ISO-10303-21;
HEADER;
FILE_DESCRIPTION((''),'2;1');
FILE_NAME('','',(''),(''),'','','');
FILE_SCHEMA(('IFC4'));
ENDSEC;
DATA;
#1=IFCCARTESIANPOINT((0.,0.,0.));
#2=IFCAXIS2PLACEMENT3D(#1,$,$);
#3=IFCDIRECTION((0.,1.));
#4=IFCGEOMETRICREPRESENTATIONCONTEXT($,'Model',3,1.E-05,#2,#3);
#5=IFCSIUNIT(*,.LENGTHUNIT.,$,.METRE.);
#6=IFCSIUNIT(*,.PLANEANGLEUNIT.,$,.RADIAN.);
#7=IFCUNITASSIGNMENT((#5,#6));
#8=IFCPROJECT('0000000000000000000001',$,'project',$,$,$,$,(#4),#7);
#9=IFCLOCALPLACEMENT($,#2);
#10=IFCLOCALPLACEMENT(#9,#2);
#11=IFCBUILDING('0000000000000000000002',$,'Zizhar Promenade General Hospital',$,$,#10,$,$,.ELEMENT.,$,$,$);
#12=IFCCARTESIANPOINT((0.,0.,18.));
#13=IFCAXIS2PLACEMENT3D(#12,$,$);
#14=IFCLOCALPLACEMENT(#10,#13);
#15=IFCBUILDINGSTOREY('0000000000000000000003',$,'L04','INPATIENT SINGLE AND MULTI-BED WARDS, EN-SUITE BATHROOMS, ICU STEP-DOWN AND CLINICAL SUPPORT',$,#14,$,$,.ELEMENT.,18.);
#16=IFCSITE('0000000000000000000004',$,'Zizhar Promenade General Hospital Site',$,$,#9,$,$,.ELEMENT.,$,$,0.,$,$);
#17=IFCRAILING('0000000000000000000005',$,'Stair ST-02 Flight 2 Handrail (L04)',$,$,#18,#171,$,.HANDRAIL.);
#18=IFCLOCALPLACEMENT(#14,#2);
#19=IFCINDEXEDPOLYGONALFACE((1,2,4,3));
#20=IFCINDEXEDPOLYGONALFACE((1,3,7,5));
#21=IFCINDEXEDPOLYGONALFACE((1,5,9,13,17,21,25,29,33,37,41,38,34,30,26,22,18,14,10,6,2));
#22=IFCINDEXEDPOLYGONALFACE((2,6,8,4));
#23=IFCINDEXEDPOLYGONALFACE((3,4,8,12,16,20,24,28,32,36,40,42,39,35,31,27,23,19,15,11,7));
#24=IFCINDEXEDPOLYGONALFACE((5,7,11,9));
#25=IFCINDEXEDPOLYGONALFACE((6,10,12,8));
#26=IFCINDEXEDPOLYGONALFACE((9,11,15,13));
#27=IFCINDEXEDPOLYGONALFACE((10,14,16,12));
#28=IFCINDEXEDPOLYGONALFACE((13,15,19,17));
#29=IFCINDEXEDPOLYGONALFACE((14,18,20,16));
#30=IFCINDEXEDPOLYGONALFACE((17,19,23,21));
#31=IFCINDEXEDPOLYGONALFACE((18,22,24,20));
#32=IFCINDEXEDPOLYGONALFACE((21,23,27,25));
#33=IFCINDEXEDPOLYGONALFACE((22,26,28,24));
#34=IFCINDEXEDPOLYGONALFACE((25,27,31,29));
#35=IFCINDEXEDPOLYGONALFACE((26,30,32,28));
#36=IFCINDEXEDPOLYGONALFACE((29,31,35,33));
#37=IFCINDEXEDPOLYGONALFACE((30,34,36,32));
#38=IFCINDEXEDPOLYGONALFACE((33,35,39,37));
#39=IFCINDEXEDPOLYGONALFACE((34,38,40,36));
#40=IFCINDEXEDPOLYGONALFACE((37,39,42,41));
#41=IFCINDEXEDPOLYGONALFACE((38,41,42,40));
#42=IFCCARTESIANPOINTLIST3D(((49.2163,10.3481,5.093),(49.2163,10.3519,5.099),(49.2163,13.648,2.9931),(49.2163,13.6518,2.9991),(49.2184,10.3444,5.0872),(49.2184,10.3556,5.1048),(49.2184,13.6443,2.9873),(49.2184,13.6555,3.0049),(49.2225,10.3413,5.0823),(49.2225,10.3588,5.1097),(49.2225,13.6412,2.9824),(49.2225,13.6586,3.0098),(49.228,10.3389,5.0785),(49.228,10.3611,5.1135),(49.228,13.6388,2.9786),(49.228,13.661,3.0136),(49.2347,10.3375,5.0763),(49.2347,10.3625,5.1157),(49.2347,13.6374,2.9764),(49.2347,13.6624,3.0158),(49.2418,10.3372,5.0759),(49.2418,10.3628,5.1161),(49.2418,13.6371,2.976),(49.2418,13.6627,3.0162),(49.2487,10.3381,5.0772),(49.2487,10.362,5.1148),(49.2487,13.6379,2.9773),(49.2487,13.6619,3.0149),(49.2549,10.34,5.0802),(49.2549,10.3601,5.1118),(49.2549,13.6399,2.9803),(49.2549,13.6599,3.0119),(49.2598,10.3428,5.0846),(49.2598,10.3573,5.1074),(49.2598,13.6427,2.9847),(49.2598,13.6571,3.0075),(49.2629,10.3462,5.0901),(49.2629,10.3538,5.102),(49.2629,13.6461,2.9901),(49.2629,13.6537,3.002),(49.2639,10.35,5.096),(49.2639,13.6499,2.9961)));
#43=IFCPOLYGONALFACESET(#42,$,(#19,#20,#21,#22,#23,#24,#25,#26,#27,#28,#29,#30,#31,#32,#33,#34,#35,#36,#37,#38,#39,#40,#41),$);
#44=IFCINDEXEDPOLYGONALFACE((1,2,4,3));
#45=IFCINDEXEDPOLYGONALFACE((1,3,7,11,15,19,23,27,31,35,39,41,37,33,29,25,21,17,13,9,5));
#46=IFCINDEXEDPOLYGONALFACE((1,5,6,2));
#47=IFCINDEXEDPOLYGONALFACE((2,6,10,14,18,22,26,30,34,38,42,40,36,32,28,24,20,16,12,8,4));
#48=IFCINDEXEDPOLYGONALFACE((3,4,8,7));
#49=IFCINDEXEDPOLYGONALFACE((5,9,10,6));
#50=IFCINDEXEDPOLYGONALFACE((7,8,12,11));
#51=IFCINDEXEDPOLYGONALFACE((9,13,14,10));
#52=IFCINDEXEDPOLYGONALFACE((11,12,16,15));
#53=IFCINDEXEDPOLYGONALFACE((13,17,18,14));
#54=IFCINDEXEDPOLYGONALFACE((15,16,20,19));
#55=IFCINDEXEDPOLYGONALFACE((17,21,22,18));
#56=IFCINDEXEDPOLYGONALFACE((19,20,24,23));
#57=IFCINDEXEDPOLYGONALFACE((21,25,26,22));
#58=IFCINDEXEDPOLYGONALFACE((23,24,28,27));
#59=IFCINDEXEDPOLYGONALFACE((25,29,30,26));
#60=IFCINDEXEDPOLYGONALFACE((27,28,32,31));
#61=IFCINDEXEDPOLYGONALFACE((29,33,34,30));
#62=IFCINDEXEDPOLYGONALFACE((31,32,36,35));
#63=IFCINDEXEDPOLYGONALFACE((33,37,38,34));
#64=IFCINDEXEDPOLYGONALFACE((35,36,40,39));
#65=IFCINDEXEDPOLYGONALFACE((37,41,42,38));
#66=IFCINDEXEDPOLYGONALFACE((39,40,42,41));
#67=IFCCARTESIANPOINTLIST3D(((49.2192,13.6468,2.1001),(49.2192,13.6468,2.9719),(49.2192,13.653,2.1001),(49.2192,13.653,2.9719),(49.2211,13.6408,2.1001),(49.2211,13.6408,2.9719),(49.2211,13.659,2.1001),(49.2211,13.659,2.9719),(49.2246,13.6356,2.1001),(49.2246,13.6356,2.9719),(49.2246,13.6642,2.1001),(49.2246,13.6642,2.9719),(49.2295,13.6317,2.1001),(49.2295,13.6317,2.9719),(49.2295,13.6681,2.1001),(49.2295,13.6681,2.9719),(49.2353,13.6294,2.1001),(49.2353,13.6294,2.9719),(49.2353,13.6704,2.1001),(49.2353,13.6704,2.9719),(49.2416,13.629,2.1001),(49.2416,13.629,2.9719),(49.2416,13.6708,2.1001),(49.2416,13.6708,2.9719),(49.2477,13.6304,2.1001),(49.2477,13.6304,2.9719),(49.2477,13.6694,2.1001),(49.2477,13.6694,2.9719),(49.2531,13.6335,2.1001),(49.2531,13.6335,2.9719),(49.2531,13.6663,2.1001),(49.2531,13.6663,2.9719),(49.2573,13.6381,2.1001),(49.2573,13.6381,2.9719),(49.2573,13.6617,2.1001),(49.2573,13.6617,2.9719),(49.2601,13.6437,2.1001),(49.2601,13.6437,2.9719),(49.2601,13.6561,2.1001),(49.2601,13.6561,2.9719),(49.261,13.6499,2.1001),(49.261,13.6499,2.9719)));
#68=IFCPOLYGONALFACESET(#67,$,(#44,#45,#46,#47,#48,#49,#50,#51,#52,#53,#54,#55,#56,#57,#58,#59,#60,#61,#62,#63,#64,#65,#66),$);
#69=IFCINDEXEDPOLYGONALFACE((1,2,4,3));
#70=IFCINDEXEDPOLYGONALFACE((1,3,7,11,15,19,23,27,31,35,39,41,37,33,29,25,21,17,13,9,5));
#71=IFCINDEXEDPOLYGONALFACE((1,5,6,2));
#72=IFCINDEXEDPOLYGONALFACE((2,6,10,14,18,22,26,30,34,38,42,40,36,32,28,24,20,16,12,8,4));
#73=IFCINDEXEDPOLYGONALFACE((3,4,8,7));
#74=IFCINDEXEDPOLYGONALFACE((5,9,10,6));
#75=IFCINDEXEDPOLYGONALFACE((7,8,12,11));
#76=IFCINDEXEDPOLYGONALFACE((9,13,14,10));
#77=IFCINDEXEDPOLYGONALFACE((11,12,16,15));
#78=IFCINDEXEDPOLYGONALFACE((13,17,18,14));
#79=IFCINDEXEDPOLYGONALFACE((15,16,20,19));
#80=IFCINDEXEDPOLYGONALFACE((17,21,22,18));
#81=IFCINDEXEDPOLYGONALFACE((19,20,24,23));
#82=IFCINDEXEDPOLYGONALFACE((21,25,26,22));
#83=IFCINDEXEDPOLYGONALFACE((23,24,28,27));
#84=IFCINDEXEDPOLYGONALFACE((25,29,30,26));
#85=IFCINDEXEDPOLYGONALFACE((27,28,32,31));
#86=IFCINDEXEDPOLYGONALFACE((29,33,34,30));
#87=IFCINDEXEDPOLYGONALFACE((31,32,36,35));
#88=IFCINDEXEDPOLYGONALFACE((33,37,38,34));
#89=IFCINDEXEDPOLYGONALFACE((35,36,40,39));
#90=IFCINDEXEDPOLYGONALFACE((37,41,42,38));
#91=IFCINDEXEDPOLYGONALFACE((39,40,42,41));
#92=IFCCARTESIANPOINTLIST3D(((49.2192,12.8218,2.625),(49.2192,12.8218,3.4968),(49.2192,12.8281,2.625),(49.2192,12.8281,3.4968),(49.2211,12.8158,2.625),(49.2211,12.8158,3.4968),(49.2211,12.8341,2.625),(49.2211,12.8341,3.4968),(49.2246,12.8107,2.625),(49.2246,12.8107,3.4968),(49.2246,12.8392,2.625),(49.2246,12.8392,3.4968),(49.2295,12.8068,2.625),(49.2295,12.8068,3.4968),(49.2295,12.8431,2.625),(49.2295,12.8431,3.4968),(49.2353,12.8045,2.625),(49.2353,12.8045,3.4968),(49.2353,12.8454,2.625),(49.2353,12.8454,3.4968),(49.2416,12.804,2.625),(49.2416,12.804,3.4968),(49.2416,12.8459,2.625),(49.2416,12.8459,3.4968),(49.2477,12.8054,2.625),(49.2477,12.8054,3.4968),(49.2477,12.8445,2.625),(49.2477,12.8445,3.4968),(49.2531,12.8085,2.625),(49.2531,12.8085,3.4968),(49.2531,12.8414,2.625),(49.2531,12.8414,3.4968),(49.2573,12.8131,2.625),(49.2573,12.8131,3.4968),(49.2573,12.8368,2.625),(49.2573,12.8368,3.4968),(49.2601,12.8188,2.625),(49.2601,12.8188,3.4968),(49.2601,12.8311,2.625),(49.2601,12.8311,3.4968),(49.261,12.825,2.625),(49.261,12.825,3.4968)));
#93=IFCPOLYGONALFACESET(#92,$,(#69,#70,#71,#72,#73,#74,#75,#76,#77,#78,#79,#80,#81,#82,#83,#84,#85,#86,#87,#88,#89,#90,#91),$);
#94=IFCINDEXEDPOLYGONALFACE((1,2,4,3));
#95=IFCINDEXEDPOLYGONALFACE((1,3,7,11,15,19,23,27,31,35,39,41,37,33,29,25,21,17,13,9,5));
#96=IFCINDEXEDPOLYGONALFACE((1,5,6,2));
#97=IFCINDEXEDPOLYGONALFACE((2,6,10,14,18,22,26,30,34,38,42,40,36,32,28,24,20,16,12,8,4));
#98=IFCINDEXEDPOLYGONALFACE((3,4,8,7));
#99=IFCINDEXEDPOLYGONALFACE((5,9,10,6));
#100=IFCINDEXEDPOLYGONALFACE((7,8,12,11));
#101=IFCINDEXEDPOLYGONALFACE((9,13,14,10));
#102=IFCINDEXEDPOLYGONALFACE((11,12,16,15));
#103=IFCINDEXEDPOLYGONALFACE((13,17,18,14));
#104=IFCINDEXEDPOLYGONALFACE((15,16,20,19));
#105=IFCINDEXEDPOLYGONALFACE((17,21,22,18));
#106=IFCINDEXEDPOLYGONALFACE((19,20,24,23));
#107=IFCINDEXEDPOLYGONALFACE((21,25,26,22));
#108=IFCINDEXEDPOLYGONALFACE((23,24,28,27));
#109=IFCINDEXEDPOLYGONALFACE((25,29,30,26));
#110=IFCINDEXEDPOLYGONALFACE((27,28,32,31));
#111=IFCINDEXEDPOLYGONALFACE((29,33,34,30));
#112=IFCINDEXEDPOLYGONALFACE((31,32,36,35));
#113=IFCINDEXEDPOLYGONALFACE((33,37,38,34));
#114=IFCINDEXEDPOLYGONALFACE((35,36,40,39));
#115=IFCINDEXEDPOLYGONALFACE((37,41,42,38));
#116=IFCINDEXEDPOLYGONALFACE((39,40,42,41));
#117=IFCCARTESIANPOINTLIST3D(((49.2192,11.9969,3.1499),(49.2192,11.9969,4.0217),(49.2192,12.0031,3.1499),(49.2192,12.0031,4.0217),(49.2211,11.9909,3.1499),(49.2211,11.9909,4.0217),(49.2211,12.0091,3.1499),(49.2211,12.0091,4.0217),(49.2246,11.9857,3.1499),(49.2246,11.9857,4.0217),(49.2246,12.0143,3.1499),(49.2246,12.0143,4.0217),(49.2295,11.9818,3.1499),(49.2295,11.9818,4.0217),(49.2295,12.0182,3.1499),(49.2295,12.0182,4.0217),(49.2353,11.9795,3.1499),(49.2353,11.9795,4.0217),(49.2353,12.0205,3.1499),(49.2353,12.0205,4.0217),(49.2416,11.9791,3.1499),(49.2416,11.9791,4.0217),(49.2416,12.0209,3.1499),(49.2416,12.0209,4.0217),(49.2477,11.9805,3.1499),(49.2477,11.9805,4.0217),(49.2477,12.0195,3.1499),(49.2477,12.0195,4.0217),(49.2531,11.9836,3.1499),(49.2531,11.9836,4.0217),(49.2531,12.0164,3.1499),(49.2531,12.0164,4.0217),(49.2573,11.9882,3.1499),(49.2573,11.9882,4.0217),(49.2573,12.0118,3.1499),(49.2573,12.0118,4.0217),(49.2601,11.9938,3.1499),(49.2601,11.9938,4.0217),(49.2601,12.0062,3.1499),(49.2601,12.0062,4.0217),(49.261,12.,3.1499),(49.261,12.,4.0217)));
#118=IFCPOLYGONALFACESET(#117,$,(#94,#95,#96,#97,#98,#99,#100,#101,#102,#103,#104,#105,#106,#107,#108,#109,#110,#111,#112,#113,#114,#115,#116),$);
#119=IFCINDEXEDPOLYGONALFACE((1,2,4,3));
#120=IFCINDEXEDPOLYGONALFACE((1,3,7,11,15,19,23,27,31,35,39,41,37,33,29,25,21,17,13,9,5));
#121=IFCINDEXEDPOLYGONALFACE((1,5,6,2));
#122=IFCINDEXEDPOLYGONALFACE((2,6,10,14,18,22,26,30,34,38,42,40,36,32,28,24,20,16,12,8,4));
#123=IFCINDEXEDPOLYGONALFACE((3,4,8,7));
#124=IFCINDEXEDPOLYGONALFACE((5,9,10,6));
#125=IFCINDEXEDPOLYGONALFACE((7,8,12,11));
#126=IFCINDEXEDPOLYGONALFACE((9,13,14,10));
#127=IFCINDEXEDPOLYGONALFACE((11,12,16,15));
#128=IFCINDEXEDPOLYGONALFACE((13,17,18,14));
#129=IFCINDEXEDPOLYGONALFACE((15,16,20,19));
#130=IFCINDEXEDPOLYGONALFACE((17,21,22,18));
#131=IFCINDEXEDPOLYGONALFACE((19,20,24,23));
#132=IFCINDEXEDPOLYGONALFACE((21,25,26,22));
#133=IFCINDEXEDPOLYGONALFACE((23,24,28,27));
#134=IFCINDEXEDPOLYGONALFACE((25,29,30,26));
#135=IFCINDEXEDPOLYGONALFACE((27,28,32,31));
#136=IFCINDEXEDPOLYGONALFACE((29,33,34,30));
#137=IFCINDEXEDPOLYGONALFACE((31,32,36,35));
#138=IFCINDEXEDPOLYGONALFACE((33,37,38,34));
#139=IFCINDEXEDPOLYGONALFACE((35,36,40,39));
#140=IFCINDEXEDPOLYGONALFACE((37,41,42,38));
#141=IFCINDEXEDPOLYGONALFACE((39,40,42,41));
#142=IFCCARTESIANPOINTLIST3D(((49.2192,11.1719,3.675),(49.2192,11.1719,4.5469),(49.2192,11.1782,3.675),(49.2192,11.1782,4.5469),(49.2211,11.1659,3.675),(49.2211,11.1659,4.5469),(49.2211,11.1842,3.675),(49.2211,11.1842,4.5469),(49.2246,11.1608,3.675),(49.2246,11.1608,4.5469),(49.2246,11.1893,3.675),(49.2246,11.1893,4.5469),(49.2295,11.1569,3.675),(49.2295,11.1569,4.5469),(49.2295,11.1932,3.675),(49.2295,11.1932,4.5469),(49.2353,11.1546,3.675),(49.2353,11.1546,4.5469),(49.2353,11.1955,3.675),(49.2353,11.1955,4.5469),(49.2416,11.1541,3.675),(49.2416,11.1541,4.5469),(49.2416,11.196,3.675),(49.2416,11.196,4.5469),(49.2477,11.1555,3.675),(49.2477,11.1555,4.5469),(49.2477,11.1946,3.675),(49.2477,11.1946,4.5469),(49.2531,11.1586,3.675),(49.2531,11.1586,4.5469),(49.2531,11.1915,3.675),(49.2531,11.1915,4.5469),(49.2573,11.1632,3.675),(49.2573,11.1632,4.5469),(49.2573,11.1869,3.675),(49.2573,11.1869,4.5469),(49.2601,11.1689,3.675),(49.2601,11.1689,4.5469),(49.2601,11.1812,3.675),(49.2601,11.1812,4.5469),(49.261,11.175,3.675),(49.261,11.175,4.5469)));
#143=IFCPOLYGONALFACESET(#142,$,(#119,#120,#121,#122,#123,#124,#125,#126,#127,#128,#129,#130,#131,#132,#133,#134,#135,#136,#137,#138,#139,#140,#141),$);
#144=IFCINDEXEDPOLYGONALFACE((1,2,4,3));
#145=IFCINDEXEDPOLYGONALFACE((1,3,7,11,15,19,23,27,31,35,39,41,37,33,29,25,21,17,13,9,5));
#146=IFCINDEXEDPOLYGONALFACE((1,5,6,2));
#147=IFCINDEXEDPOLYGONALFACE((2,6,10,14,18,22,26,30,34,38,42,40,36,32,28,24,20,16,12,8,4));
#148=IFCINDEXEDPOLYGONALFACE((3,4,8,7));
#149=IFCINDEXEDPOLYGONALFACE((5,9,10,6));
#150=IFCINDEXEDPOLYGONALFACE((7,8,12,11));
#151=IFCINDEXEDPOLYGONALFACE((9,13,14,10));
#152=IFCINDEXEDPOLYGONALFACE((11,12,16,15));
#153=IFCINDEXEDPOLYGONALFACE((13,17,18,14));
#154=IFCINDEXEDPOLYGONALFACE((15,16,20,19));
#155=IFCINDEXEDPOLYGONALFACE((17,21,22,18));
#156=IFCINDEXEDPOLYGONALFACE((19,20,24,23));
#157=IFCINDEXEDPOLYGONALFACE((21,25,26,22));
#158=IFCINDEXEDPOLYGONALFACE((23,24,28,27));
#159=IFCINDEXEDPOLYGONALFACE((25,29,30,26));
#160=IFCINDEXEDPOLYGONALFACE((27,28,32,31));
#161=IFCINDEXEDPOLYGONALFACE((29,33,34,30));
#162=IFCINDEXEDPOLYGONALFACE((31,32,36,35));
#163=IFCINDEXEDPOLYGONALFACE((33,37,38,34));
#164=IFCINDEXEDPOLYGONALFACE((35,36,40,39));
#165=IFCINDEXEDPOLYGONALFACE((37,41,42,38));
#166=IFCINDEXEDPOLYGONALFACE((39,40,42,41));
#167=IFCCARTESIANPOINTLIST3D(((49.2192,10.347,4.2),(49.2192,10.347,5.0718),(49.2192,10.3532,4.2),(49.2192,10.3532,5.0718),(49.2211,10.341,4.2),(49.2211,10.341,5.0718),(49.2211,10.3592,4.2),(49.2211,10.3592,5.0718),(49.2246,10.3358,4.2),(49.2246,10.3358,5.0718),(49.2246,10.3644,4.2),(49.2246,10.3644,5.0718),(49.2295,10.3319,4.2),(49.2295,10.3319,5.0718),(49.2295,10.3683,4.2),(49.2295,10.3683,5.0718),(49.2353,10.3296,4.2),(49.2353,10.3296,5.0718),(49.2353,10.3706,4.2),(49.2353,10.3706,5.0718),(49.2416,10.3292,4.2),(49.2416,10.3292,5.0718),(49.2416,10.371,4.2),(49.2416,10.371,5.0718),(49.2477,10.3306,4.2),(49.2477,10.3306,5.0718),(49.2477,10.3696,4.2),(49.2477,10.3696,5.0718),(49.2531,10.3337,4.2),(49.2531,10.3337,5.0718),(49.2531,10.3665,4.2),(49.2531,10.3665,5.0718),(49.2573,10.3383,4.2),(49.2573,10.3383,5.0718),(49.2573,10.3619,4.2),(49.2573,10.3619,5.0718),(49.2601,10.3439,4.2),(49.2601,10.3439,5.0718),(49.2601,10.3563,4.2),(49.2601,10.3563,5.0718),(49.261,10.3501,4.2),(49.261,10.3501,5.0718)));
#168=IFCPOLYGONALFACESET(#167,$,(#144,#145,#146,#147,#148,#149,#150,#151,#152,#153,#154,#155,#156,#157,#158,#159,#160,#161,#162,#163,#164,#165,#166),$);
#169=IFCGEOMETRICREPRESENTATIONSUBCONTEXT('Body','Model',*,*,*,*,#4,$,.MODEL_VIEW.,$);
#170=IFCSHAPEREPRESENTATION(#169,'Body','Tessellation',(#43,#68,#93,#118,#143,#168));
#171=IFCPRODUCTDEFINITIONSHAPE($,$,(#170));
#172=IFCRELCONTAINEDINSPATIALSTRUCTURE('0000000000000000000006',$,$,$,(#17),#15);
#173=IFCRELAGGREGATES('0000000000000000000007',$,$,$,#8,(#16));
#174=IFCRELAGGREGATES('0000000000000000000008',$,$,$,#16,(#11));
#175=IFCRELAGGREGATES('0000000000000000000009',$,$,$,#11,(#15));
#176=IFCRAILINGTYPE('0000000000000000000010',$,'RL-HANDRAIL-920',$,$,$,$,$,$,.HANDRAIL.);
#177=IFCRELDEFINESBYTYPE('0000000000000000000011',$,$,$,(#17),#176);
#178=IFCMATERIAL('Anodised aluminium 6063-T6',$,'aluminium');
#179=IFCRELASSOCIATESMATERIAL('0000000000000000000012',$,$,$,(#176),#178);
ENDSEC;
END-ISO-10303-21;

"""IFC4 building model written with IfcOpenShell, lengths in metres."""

from ifc_helpers import new_model, si_unit, direction, frame, origin, origin_2d, place, context, subcontext, project, spatial, circle, hollow_circle, extrude, material, material_profile, profile_set, type_object, element, save


model = new_model("IFC4")

# Units and contexts
model_context = context("Model", 3, precision=1e-05, world=origin(), true_north=direction((0.0, 1.0)))
body_context = subcontext(model_context, "Body", "Model", "MODEL_VIEW")
ifc_project = project(units=[si_unit("LENGTHUNIT", "METRE"), si_unit("PLANEANGLEUNIT", "RADIAN")], contexts=[model_context])

# Site, building, storey
site_placement = place(None, origin())
site = spatial("IfcSite", under=ifc_project, at=site_placement, Name="Zizhar Promenade General Hospital Site", CompositionType="ELEMENT", RefElevation=0.0)
building_placement = place(site_placement, origin())
building = spatial("IfcBuilding", under=site, at=building_placement, Name="Zizhar Promenade General Hospital", CompositionType="ELEMENT")
storey_placement = place(building_placement, frame((0.0, 0.0, 18.0)))
storey = spatial("IfcBuildingStorey", under=building, at=storey_placement, Name="L04", Description="INPATIENT SINGLE AND MULTI-BED WARDS, EN-SUITE BATHROOMS, ICU STEP-DOWN AND CLINICAL SUPPORT", CompositionType="ELEMENT", Elevation=18.0)

# Railing
ifc_material_1 = material(Name="Anodised aluminium 6063-T6", Category="aluminium")
ifc_material_profile_1 = material_profile(ifc_material_1, hollow_circle(Radius=0.0698, WallThickness=0.0063, at=origin_2d()))
ifc_profile_set_1 = profile_set([ifc_material_profile_1], Name="Anodised aluminium 6063-T6")
railing_type_1 = type_object("IfcRailingType", Name="RL-HANDRAIL-920", PredefinedType="HANDRAIL", material=ifc_profile_set_1)
railing_1_placement = place(storey_placement, frame((49.24, 13.6499, 2.1001)))
element("IfcRailing", 1, at=railing_1_placement, inside=storey, type_object=railing_type_1, Name="Stair ST-02 Flight 2 Handrail (L04)", PredefinedType="HANDRAIL", context=body_context, shape_type="SweptSolid", body=[
    extrude(circle(Radius=0.0239, at=origin_2d()), frame((0.0, 0.0, 0.896), z_axis=(0.0, -0.843664, 0.536871), x_axis=(1.0, 0.0, 0.0)), (0.0, 0.0, 1.0), 3.9114),
    extrude(circle(Radius=0.021, at=origin_2d()), origin(), (0.0, 0.0, 1.0), 0.8718),
    extrude(circle(Radius=0.021, at=origin_2d()), frame((0.0, -0.825, 0.5249)), (0.0, 0.0, 1.0), 0.8718),
    extrude(circle(Radius=0.021, at=origin_2d()), frame((0.0, -1.6499, 1.0498)), (0.0, 0.0, 1.0), 0.8718),
    extrude(circle(Radius=0.021, at=origin_2d()), frame((0.0, -2.4749, 1.575)), (0.0, 0.0, 1.0), 0.8718),
    extrude(circle(Radius=0.021, at=origin_2d()), frame((0.0, -3.2998, 2.0999)), (0.0, 0.0, 1.0), 0.8718),
])

save(model, "model.ifc")
